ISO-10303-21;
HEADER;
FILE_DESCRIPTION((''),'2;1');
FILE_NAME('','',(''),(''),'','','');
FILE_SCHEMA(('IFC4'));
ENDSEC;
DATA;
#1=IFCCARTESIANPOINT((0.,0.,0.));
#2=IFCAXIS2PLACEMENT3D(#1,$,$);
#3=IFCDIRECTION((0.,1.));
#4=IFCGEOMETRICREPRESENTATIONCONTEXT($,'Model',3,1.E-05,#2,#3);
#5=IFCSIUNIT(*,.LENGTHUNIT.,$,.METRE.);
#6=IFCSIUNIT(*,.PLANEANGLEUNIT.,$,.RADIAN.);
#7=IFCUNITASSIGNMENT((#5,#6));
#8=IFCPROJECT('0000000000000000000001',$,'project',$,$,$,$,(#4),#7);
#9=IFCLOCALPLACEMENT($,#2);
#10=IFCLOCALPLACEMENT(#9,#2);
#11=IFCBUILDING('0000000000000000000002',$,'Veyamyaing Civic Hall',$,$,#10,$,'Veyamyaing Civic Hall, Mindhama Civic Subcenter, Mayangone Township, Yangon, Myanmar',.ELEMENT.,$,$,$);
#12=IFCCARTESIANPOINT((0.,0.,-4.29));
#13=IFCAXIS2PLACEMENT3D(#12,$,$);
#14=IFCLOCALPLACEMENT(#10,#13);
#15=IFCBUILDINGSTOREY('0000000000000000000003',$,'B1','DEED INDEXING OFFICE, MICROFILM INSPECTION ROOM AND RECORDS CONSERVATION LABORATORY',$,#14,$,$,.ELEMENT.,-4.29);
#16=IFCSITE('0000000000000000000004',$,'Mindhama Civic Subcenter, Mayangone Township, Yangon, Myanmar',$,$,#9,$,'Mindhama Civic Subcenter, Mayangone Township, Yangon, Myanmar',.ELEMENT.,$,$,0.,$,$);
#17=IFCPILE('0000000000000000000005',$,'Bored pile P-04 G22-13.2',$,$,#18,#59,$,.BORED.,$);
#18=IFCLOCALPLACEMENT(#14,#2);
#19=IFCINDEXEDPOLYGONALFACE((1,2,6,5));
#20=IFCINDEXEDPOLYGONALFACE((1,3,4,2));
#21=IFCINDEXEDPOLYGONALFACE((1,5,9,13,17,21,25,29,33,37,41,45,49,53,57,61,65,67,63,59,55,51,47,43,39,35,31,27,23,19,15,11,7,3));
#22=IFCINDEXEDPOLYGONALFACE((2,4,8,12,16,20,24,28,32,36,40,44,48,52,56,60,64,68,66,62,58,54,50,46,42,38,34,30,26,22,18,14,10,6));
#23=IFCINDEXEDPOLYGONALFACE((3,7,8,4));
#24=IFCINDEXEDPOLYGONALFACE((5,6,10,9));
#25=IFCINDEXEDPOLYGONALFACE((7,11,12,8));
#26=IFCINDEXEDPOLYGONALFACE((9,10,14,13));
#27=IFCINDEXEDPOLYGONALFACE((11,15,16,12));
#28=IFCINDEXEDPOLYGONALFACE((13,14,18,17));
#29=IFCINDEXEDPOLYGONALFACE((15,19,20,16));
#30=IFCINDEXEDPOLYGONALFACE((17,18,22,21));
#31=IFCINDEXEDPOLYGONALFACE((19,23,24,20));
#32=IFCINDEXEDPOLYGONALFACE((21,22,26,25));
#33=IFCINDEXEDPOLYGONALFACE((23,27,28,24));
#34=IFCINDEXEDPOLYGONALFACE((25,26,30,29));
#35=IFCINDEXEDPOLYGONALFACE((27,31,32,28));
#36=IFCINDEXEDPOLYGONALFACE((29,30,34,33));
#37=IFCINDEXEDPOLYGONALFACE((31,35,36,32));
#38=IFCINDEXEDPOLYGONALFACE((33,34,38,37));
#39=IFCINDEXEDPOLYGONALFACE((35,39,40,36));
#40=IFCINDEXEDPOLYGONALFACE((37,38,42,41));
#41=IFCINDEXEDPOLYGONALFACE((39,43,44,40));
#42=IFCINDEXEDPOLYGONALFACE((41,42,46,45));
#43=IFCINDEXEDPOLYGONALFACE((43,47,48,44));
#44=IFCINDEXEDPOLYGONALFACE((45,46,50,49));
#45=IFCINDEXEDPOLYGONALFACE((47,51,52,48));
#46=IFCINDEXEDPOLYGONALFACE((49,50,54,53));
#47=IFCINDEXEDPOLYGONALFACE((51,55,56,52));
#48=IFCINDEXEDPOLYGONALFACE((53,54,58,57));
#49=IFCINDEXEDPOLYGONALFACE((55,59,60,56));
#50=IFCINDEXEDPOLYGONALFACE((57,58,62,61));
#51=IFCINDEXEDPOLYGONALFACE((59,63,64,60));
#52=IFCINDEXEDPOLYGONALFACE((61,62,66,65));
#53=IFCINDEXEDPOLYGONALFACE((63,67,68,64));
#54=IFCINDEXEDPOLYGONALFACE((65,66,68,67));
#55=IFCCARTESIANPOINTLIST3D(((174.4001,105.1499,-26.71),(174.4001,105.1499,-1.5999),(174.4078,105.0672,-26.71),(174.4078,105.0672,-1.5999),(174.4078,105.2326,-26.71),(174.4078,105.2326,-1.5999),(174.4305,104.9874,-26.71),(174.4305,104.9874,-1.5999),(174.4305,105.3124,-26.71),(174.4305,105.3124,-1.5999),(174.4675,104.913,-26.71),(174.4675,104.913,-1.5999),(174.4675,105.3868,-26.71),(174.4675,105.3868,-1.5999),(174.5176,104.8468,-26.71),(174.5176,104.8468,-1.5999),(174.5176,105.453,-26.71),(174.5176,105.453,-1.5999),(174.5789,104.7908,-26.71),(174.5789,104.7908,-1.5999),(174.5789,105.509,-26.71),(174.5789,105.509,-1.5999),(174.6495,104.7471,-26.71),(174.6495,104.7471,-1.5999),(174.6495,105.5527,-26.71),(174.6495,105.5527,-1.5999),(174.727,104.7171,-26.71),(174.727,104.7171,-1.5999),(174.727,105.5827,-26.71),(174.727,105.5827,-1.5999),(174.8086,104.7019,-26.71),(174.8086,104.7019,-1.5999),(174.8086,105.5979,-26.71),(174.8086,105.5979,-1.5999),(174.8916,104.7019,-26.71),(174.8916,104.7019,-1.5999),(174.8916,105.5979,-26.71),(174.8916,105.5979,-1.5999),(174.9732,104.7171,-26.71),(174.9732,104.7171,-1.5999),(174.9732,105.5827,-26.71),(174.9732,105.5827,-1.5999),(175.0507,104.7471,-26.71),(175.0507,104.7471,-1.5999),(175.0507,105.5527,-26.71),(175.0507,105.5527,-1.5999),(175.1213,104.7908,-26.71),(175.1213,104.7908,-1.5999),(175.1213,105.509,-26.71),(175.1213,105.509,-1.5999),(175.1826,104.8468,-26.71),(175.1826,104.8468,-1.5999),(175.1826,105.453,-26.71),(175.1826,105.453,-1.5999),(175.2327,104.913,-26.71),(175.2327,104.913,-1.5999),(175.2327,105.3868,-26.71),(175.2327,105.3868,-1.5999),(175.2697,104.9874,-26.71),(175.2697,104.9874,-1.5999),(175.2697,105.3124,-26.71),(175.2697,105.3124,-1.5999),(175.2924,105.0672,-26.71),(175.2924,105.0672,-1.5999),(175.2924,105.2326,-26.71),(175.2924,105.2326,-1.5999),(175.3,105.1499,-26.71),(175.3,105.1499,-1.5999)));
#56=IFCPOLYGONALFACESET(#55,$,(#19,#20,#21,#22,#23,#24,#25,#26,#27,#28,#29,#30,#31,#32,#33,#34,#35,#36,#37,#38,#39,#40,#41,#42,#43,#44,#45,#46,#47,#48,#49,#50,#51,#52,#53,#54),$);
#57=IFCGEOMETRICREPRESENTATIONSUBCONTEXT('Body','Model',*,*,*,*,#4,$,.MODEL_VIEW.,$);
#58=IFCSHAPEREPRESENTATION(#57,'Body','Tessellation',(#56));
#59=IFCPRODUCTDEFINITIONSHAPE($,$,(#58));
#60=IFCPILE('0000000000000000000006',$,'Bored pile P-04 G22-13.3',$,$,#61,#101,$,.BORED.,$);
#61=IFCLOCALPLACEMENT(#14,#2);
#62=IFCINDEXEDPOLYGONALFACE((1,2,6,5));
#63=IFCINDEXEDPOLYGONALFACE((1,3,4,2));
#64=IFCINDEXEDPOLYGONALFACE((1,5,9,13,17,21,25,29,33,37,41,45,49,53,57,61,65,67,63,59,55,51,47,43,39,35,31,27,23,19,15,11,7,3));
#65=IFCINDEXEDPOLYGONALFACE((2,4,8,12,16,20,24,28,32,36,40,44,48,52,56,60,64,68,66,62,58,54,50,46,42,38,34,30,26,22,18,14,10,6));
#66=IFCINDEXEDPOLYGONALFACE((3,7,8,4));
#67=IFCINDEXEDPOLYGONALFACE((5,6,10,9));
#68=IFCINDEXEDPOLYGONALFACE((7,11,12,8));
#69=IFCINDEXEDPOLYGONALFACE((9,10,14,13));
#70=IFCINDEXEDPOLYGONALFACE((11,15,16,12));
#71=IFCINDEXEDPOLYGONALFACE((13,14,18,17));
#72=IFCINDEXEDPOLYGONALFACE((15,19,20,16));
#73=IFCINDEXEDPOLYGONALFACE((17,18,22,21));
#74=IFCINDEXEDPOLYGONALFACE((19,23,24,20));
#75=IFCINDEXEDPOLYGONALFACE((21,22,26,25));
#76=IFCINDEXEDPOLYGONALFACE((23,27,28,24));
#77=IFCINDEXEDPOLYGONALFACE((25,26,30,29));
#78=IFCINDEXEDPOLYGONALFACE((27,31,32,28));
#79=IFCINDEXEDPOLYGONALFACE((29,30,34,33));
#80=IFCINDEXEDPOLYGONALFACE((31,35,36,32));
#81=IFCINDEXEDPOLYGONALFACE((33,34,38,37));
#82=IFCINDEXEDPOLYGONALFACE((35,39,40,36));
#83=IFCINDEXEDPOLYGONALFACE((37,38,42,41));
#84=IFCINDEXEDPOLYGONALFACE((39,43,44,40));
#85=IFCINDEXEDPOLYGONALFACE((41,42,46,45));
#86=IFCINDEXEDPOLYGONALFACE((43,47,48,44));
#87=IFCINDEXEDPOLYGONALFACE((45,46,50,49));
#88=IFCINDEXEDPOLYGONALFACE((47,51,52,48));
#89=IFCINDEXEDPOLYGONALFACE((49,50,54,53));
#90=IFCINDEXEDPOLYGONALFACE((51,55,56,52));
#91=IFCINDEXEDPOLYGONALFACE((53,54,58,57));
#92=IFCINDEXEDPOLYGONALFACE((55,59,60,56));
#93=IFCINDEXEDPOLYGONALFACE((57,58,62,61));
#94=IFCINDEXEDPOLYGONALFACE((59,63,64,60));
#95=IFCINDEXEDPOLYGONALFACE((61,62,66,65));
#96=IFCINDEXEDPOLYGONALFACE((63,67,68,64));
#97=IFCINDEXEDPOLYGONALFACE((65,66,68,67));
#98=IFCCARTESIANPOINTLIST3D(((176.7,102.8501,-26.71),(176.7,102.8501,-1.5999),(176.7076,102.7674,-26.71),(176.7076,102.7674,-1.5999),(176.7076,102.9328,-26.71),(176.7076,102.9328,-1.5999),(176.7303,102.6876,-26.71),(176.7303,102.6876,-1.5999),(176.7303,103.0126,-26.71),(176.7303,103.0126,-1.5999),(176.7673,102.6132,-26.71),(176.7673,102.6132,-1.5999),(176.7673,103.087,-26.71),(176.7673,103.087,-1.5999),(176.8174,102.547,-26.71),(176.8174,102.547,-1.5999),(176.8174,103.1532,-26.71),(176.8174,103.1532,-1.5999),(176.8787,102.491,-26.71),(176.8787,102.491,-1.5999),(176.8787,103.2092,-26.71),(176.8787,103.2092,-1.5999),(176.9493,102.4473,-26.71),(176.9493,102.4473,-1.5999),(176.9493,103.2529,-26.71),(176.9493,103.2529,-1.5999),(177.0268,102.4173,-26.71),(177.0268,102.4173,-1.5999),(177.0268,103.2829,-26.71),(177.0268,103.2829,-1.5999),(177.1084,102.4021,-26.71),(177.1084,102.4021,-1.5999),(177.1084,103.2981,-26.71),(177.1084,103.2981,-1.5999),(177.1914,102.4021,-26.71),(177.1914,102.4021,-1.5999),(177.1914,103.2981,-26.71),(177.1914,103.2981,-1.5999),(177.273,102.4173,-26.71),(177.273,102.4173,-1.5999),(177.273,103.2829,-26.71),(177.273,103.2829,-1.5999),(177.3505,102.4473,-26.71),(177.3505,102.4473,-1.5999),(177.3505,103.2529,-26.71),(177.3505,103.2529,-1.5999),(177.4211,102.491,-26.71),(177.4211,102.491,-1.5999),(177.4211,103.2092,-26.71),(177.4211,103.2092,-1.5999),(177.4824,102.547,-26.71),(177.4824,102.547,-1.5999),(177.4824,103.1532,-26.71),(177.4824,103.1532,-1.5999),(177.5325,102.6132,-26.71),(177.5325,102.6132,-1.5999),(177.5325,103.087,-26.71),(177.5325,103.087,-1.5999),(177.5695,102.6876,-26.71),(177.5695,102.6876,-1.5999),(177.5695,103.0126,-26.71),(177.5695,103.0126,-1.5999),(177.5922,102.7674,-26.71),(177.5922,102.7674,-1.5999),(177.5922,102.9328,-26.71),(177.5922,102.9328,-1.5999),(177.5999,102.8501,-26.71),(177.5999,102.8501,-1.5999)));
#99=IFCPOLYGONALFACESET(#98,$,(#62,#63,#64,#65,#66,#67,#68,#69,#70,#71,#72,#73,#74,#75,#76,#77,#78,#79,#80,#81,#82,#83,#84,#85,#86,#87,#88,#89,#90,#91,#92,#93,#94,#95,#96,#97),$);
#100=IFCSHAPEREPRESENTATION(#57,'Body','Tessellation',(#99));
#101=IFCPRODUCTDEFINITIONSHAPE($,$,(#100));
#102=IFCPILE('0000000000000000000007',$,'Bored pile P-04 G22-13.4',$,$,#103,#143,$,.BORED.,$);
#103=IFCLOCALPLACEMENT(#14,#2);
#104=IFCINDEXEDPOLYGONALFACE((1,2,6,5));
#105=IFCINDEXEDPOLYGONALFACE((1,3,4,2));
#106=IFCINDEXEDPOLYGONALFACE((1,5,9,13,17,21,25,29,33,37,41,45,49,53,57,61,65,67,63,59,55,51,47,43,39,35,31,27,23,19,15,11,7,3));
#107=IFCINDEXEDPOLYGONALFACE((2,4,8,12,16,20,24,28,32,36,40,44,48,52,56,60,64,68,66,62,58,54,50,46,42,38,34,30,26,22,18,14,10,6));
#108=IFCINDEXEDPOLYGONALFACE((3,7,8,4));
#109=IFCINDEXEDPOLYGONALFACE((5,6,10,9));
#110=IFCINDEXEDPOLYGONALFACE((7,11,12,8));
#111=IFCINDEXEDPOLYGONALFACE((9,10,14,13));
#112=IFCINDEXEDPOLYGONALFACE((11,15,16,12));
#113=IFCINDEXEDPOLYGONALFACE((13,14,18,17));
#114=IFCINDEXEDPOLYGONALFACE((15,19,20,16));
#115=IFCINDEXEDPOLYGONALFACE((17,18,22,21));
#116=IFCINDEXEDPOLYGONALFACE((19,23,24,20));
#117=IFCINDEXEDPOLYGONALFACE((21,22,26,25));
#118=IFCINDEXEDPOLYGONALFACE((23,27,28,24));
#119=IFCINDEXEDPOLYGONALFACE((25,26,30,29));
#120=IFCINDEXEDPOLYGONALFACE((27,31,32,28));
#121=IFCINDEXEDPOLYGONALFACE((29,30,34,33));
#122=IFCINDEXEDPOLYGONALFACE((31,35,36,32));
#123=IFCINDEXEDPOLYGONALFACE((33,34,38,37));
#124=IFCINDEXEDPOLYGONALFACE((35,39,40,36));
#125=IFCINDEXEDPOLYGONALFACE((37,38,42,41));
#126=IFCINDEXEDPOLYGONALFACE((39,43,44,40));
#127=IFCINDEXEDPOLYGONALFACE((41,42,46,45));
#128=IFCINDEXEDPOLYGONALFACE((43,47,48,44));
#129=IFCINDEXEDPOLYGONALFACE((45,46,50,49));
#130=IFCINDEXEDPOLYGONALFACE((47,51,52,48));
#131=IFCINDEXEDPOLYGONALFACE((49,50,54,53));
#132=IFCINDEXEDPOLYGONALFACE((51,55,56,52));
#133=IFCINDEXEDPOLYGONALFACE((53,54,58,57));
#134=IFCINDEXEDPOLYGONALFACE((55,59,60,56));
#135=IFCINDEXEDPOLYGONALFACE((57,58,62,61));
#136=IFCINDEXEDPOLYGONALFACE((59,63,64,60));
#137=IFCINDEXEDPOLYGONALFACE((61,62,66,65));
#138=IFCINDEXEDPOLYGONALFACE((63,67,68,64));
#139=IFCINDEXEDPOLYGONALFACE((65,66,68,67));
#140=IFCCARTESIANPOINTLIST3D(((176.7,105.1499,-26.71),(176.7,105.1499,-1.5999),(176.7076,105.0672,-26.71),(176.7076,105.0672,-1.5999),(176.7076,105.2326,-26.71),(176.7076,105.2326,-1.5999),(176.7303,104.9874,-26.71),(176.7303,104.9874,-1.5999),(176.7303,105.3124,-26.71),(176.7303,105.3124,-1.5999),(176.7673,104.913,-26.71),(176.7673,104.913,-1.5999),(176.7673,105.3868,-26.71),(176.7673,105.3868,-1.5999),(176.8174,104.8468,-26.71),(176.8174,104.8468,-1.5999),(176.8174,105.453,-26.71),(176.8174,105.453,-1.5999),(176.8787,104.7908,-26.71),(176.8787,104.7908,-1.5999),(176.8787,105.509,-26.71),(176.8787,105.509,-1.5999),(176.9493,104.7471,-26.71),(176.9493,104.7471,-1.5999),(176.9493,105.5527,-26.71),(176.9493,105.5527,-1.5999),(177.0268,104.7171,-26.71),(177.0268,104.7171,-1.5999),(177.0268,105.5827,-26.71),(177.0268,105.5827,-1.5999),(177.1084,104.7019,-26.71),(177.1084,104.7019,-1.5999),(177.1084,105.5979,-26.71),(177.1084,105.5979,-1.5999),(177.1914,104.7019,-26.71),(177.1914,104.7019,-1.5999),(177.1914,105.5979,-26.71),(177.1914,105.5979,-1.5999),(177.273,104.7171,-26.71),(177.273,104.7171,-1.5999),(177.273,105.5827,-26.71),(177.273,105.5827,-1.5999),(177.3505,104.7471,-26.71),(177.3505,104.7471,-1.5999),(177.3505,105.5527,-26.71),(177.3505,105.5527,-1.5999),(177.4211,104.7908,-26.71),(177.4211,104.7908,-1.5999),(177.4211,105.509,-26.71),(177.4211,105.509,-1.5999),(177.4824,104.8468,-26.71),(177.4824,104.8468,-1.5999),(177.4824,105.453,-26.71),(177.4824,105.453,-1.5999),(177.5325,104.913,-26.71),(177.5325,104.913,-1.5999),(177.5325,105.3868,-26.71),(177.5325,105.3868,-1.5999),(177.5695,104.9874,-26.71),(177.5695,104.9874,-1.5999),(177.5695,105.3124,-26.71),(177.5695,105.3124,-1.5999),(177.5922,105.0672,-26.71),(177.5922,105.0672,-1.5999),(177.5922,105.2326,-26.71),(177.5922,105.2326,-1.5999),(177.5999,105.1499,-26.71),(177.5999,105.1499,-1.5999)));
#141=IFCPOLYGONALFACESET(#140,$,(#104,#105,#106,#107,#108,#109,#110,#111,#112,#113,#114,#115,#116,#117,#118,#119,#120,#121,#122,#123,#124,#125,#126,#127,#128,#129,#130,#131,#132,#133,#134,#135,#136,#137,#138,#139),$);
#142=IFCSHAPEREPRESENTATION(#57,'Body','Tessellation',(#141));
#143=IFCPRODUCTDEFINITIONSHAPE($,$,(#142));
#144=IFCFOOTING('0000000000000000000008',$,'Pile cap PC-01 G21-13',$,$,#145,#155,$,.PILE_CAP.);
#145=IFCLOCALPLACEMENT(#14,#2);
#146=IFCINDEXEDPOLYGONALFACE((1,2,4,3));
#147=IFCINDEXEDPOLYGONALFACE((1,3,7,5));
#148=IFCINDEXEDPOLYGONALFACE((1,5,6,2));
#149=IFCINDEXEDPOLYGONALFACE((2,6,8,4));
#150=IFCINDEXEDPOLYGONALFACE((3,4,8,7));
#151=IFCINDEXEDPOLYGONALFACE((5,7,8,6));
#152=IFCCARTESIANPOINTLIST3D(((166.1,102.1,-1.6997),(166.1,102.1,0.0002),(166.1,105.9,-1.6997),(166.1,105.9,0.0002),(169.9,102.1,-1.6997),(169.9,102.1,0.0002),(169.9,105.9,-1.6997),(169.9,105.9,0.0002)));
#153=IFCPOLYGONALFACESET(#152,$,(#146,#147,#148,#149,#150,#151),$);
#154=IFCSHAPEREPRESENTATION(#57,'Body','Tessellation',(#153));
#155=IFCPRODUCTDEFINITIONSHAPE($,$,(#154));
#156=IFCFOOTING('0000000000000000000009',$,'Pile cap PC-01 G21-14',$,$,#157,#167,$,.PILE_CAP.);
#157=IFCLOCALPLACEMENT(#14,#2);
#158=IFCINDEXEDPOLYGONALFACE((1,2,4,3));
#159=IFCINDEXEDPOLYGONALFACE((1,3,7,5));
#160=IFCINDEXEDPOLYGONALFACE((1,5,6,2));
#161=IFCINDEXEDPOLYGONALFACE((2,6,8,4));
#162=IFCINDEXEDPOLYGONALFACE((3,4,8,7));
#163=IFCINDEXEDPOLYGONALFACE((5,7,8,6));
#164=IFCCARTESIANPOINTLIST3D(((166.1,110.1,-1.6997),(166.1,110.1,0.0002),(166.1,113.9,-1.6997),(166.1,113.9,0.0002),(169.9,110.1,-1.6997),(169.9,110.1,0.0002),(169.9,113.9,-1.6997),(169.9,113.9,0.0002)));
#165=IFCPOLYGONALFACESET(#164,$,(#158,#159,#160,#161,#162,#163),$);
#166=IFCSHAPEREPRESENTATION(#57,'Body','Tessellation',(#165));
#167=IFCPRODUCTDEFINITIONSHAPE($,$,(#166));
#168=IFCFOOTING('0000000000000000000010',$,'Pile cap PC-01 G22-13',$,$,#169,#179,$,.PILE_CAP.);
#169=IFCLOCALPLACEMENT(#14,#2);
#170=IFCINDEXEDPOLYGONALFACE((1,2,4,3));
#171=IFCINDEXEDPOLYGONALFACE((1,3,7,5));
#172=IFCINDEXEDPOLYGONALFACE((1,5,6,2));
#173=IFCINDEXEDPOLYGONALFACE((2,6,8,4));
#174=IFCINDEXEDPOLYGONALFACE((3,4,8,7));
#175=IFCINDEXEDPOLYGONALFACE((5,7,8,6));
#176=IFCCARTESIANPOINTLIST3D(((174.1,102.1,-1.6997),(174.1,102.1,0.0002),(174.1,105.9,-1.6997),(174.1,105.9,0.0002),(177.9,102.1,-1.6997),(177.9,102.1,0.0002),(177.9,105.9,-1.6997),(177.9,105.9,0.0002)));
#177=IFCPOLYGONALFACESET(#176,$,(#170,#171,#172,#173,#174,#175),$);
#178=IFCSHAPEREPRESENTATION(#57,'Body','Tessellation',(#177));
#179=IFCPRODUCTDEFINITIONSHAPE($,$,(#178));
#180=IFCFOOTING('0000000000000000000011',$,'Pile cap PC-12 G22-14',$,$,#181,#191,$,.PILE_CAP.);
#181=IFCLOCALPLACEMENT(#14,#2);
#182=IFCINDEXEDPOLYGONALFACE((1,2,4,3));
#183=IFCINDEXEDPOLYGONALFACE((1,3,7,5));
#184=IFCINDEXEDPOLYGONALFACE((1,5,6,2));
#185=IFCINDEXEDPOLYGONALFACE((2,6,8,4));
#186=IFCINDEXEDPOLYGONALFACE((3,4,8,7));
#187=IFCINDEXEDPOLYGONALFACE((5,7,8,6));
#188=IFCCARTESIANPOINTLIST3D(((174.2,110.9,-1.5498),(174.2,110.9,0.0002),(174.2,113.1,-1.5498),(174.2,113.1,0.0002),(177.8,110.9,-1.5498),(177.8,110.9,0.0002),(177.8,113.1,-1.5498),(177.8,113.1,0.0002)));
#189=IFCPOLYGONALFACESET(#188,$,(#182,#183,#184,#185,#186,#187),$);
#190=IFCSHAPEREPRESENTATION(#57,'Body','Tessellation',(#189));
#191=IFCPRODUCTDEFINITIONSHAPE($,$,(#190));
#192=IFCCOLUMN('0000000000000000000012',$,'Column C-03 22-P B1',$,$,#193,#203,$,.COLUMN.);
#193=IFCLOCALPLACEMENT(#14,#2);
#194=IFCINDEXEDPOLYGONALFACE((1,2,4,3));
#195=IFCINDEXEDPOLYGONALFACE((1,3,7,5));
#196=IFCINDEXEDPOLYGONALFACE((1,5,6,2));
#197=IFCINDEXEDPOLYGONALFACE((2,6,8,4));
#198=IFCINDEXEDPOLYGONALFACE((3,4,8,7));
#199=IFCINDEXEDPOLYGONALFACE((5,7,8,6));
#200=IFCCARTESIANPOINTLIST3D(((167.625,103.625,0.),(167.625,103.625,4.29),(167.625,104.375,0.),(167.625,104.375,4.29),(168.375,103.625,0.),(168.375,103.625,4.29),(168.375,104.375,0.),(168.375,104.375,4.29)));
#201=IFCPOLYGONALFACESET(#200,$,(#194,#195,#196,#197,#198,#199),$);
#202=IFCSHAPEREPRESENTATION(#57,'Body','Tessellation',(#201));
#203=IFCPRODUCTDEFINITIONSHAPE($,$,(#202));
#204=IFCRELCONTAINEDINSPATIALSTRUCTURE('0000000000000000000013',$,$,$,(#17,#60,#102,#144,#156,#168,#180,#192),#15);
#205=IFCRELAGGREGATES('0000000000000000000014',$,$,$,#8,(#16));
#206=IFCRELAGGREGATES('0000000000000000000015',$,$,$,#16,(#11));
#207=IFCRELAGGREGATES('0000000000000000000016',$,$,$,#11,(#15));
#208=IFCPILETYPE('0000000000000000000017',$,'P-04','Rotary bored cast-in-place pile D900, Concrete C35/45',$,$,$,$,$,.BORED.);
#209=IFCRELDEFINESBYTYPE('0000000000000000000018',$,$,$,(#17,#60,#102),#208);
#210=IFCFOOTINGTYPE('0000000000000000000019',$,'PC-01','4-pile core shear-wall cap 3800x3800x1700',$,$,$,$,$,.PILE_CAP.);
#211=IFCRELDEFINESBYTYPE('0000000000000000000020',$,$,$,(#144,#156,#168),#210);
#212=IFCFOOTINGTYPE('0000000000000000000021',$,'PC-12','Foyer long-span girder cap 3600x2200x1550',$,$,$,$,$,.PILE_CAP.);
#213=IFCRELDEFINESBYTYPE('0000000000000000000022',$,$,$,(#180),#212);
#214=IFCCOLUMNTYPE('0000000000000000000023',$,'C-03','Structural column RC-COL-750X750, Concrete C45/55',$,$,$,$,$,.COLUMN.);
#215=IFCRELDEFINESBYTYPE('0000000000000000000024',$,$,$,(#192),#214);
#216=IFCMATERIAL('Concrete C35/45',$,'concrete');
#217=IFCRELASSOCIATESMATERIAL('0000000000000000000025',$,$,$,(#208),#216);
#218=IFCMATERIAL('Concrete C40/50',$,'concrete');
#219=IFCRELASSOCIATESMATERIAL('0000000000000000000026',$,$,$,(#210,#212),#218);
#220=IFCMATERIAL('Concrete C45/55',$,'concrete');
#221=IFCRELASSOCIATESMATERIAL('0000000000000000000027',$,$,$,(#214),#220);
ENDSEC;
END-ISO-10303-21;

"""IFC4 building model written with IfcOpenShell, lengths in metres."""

from ifc_helpers import new_model, si_unit, direction, frame, origin, origin_2d, place, context, subcontext, project, spatial, rectangle, circle, extrude, material, material_profile, profile_set, type_object, element, save


model = new_model("IFC4")

# Units and contexts
model_context = context("Model", 3, precision=1e-05, world=origin(), true_north=direction((0.0, 1.0)))
body_context = subcontext(model_context, "Body", "Model", "MODEL_VIEW")
ifc_project = project(units=[si_unit("LENGTHUNIT", "METRE"), si_unit("PLANEANGLEUNIT", "RADIAN")], contexts=[model_context])

# Site, building, storey
site_placement = place(None, origin())
site = spatial("IfcSite", under=ifc_project, at=site_placement, Name="Mindhama Civic Subcenter, Mayangone Township, Yangon, Myanmar", LongName="Mindhama Civic Subcenter, Mayangone Township, Yangon, Myanmar", CompositionType="ELEMENT", RefElevation=0.0)
building_placement = place(site_placement, origin())
building = spatial("IfcBuilding", under=site, at=building_placement, Name="Veyamyaing Civic Hall", LongName="Veyamyaing Civic Hall, Mindhama Civic Subcenter, Mayangone Township, Yangon, Myanmar", CompositionType="ELEMENT")
storey_placement = place(building_placement, frame((0.0, 0.0, -4.29)))
storey = spatial("IfcBuildingStorey", under=building, at=storey_placement, Name="B1", Description="DEED INDEXING OFFICE, MICROFILM INSPECTION ROOM AND RECORDS CONSERVATION LABORATORY", CompositionType="ELEMENT", Elevation=-4.29)

# Shared definitions
ifc_material_1 = material(Name="Concrete C40/50", Category="concrete")

# Piles
ifc_material_2 = material(Name="Concrete C35/45", Category="concrete")
ifc_material_profile_1 = material_profile(ifc_material_2, circle(Radius=0.45, at=origin_2d()), Name="PILE-D900")
ifc_profile_set_1 = profile_set([ifc_material_profile_1], Name="Concrete C35/45")
pile_type_1 = type_object("IfcPileType", Name="P-04", Description="Rotary bored cast-in-place pile D900, Concrete C35/45", PredefinedType="BORED", material=ifc_profile_set_1)
for number, where, z_axis, x_axis, name in (
    (1, (174.8501, 105.1499, -1.5999), (0.0, 0.0, -1.0), (1.0, 0.0, 0.0), "Bored pile P-04 G22-13.2"),
    (2, (177.1499, 102.8501, -1.5999), (0.0, 0.0, -1.0), (1.0, 0.0, 0.0), "Bored pile P-04 G22-13.3"),
    (3, (177.1499, 105.1499, -1.5999), (0.0, 0.0, -1.0), (1.0, 0.0, 0.0), "Bored pile P-04 G22-13.4"),
):
    element("IfcPile", number, at=place(storey_placement, frame(where, z_axis=z_axis, x_axis=x_axis)), inside=storey, type_object=pile_type_1, Name=name, PredefinedType="BORED", context=body_context, shape_type="SweptSolid", body=[
        extrude(circle(Radius=0.45, at=origin_2d()), origin(), (0.0, 0.0, 1.0), 25.1101),
    ])

# Footings
footing_type_1 = type_object("IfcFootingType", Name="PC-01", Description="4-pile core shear-wall cap 3800x3800x1700", PredefinedType="PILE_CAP", material=ifc_material_1)
for number, where, z_axis, x_axis, name in (
    (4, (168.0, 104.0, -1.6997), (0.0, 0.0, 1.0), (1.0, 0.0, 0.0), "Pile cap PC-01 G21-13"),
    (5, (168.0, 112.0, -1.6997), (0.0, 0.0, 1.0), (1.0, 0.0, 0.0), "Pile cap PC-01 G21-14"),
    (6, (176.0, 104.0, -1.6997), (0.0, 0.0, 1.0), (1.0, 0.0, 0.0), "Pile cap PC-01 G22-13"),
):
    element("IfcFooting", number, at=place(storey_placement, frame(where, z_axis=z_axis, x_axis=x_axis)), inside=storey, type_object=footing_type_1, Name=name, PredefinedType="PILE_CAP", context=body_context, shape_type="SweptSolid", body=[
        extrude(rectangle(XDim=3.8, YDim=3.8, at=origin_2d()), origin(), (0.0, 0.0, 1.0), 1.7),
    ])
footing_type_2 = type_object("IfcFootingType", Name="PC-12", Description="Foyer long-span girder cap 3600x2200x1550", PredefinedType="PILE_CAP", material=ifc_material_1)
footing_1_placement = place(storey_placement, frame((176.0, 112.0, -1.5498), z_axis=(0.0, 0.0, 1.0), x_axis=(1.0, 0.0, 0.0)))
element("IfcFooting", 7, at=footing_1_placement, inside=storey, type_object=footing_type_2, Name="Pile cap PC-12 G22-14", PredefinedType="PILE_CAP", context=body_context, shape_type="SweptSolid", body=[
    extrude(rectangle(XDim=3.6001, YDim=2.2, at=origin_2d()), origin(), (0.0, 0.0, 1.0), 1.55),
])

# Column
ifc_material_3 = material(Name="Concrete C45/55", Category="concrete")
ifc_material_profile_2 = material_profile(ifc_material_3, rectangle(XDim=0.75, YDim=0.75, at=origin_2d()), Name="RC-COL-750X750")
ifc_profile_set_2 = profile_set([ifc_material_profile_2], Name="Concrete C45/55")
column_type = type_object("IfcColumnType", Name="C-03", Description="Structural column RC-COL-750X750, Concrete C45/55", PredefinedType="COLUMN", material=ifc_profile_set_2)
for number, where, z_axis, x_axis, name in (
    (8, (168.0, 104.0, 0.0), (0.0, 0.0, 1.0), (1.0, 0.0, 0.0), "Column C-03 22-P B1"),
):
    element("IfcColumn", number, at=place(storey_placement, frame(where, z_axis=z_axis, x_axis=x_axis)), inside=storey, type_object=column_type, Name=name, PredefinedType="COLUMN", context=body_context, shape_type="SweptSolid", body=[
        extrude(rectangle(XDim=0.75, YDim=0.75, at=origin_2d()), origin(), (0.0, 0.0, 1.0), 4.29),
    ])

save(model, "model.ifc")
